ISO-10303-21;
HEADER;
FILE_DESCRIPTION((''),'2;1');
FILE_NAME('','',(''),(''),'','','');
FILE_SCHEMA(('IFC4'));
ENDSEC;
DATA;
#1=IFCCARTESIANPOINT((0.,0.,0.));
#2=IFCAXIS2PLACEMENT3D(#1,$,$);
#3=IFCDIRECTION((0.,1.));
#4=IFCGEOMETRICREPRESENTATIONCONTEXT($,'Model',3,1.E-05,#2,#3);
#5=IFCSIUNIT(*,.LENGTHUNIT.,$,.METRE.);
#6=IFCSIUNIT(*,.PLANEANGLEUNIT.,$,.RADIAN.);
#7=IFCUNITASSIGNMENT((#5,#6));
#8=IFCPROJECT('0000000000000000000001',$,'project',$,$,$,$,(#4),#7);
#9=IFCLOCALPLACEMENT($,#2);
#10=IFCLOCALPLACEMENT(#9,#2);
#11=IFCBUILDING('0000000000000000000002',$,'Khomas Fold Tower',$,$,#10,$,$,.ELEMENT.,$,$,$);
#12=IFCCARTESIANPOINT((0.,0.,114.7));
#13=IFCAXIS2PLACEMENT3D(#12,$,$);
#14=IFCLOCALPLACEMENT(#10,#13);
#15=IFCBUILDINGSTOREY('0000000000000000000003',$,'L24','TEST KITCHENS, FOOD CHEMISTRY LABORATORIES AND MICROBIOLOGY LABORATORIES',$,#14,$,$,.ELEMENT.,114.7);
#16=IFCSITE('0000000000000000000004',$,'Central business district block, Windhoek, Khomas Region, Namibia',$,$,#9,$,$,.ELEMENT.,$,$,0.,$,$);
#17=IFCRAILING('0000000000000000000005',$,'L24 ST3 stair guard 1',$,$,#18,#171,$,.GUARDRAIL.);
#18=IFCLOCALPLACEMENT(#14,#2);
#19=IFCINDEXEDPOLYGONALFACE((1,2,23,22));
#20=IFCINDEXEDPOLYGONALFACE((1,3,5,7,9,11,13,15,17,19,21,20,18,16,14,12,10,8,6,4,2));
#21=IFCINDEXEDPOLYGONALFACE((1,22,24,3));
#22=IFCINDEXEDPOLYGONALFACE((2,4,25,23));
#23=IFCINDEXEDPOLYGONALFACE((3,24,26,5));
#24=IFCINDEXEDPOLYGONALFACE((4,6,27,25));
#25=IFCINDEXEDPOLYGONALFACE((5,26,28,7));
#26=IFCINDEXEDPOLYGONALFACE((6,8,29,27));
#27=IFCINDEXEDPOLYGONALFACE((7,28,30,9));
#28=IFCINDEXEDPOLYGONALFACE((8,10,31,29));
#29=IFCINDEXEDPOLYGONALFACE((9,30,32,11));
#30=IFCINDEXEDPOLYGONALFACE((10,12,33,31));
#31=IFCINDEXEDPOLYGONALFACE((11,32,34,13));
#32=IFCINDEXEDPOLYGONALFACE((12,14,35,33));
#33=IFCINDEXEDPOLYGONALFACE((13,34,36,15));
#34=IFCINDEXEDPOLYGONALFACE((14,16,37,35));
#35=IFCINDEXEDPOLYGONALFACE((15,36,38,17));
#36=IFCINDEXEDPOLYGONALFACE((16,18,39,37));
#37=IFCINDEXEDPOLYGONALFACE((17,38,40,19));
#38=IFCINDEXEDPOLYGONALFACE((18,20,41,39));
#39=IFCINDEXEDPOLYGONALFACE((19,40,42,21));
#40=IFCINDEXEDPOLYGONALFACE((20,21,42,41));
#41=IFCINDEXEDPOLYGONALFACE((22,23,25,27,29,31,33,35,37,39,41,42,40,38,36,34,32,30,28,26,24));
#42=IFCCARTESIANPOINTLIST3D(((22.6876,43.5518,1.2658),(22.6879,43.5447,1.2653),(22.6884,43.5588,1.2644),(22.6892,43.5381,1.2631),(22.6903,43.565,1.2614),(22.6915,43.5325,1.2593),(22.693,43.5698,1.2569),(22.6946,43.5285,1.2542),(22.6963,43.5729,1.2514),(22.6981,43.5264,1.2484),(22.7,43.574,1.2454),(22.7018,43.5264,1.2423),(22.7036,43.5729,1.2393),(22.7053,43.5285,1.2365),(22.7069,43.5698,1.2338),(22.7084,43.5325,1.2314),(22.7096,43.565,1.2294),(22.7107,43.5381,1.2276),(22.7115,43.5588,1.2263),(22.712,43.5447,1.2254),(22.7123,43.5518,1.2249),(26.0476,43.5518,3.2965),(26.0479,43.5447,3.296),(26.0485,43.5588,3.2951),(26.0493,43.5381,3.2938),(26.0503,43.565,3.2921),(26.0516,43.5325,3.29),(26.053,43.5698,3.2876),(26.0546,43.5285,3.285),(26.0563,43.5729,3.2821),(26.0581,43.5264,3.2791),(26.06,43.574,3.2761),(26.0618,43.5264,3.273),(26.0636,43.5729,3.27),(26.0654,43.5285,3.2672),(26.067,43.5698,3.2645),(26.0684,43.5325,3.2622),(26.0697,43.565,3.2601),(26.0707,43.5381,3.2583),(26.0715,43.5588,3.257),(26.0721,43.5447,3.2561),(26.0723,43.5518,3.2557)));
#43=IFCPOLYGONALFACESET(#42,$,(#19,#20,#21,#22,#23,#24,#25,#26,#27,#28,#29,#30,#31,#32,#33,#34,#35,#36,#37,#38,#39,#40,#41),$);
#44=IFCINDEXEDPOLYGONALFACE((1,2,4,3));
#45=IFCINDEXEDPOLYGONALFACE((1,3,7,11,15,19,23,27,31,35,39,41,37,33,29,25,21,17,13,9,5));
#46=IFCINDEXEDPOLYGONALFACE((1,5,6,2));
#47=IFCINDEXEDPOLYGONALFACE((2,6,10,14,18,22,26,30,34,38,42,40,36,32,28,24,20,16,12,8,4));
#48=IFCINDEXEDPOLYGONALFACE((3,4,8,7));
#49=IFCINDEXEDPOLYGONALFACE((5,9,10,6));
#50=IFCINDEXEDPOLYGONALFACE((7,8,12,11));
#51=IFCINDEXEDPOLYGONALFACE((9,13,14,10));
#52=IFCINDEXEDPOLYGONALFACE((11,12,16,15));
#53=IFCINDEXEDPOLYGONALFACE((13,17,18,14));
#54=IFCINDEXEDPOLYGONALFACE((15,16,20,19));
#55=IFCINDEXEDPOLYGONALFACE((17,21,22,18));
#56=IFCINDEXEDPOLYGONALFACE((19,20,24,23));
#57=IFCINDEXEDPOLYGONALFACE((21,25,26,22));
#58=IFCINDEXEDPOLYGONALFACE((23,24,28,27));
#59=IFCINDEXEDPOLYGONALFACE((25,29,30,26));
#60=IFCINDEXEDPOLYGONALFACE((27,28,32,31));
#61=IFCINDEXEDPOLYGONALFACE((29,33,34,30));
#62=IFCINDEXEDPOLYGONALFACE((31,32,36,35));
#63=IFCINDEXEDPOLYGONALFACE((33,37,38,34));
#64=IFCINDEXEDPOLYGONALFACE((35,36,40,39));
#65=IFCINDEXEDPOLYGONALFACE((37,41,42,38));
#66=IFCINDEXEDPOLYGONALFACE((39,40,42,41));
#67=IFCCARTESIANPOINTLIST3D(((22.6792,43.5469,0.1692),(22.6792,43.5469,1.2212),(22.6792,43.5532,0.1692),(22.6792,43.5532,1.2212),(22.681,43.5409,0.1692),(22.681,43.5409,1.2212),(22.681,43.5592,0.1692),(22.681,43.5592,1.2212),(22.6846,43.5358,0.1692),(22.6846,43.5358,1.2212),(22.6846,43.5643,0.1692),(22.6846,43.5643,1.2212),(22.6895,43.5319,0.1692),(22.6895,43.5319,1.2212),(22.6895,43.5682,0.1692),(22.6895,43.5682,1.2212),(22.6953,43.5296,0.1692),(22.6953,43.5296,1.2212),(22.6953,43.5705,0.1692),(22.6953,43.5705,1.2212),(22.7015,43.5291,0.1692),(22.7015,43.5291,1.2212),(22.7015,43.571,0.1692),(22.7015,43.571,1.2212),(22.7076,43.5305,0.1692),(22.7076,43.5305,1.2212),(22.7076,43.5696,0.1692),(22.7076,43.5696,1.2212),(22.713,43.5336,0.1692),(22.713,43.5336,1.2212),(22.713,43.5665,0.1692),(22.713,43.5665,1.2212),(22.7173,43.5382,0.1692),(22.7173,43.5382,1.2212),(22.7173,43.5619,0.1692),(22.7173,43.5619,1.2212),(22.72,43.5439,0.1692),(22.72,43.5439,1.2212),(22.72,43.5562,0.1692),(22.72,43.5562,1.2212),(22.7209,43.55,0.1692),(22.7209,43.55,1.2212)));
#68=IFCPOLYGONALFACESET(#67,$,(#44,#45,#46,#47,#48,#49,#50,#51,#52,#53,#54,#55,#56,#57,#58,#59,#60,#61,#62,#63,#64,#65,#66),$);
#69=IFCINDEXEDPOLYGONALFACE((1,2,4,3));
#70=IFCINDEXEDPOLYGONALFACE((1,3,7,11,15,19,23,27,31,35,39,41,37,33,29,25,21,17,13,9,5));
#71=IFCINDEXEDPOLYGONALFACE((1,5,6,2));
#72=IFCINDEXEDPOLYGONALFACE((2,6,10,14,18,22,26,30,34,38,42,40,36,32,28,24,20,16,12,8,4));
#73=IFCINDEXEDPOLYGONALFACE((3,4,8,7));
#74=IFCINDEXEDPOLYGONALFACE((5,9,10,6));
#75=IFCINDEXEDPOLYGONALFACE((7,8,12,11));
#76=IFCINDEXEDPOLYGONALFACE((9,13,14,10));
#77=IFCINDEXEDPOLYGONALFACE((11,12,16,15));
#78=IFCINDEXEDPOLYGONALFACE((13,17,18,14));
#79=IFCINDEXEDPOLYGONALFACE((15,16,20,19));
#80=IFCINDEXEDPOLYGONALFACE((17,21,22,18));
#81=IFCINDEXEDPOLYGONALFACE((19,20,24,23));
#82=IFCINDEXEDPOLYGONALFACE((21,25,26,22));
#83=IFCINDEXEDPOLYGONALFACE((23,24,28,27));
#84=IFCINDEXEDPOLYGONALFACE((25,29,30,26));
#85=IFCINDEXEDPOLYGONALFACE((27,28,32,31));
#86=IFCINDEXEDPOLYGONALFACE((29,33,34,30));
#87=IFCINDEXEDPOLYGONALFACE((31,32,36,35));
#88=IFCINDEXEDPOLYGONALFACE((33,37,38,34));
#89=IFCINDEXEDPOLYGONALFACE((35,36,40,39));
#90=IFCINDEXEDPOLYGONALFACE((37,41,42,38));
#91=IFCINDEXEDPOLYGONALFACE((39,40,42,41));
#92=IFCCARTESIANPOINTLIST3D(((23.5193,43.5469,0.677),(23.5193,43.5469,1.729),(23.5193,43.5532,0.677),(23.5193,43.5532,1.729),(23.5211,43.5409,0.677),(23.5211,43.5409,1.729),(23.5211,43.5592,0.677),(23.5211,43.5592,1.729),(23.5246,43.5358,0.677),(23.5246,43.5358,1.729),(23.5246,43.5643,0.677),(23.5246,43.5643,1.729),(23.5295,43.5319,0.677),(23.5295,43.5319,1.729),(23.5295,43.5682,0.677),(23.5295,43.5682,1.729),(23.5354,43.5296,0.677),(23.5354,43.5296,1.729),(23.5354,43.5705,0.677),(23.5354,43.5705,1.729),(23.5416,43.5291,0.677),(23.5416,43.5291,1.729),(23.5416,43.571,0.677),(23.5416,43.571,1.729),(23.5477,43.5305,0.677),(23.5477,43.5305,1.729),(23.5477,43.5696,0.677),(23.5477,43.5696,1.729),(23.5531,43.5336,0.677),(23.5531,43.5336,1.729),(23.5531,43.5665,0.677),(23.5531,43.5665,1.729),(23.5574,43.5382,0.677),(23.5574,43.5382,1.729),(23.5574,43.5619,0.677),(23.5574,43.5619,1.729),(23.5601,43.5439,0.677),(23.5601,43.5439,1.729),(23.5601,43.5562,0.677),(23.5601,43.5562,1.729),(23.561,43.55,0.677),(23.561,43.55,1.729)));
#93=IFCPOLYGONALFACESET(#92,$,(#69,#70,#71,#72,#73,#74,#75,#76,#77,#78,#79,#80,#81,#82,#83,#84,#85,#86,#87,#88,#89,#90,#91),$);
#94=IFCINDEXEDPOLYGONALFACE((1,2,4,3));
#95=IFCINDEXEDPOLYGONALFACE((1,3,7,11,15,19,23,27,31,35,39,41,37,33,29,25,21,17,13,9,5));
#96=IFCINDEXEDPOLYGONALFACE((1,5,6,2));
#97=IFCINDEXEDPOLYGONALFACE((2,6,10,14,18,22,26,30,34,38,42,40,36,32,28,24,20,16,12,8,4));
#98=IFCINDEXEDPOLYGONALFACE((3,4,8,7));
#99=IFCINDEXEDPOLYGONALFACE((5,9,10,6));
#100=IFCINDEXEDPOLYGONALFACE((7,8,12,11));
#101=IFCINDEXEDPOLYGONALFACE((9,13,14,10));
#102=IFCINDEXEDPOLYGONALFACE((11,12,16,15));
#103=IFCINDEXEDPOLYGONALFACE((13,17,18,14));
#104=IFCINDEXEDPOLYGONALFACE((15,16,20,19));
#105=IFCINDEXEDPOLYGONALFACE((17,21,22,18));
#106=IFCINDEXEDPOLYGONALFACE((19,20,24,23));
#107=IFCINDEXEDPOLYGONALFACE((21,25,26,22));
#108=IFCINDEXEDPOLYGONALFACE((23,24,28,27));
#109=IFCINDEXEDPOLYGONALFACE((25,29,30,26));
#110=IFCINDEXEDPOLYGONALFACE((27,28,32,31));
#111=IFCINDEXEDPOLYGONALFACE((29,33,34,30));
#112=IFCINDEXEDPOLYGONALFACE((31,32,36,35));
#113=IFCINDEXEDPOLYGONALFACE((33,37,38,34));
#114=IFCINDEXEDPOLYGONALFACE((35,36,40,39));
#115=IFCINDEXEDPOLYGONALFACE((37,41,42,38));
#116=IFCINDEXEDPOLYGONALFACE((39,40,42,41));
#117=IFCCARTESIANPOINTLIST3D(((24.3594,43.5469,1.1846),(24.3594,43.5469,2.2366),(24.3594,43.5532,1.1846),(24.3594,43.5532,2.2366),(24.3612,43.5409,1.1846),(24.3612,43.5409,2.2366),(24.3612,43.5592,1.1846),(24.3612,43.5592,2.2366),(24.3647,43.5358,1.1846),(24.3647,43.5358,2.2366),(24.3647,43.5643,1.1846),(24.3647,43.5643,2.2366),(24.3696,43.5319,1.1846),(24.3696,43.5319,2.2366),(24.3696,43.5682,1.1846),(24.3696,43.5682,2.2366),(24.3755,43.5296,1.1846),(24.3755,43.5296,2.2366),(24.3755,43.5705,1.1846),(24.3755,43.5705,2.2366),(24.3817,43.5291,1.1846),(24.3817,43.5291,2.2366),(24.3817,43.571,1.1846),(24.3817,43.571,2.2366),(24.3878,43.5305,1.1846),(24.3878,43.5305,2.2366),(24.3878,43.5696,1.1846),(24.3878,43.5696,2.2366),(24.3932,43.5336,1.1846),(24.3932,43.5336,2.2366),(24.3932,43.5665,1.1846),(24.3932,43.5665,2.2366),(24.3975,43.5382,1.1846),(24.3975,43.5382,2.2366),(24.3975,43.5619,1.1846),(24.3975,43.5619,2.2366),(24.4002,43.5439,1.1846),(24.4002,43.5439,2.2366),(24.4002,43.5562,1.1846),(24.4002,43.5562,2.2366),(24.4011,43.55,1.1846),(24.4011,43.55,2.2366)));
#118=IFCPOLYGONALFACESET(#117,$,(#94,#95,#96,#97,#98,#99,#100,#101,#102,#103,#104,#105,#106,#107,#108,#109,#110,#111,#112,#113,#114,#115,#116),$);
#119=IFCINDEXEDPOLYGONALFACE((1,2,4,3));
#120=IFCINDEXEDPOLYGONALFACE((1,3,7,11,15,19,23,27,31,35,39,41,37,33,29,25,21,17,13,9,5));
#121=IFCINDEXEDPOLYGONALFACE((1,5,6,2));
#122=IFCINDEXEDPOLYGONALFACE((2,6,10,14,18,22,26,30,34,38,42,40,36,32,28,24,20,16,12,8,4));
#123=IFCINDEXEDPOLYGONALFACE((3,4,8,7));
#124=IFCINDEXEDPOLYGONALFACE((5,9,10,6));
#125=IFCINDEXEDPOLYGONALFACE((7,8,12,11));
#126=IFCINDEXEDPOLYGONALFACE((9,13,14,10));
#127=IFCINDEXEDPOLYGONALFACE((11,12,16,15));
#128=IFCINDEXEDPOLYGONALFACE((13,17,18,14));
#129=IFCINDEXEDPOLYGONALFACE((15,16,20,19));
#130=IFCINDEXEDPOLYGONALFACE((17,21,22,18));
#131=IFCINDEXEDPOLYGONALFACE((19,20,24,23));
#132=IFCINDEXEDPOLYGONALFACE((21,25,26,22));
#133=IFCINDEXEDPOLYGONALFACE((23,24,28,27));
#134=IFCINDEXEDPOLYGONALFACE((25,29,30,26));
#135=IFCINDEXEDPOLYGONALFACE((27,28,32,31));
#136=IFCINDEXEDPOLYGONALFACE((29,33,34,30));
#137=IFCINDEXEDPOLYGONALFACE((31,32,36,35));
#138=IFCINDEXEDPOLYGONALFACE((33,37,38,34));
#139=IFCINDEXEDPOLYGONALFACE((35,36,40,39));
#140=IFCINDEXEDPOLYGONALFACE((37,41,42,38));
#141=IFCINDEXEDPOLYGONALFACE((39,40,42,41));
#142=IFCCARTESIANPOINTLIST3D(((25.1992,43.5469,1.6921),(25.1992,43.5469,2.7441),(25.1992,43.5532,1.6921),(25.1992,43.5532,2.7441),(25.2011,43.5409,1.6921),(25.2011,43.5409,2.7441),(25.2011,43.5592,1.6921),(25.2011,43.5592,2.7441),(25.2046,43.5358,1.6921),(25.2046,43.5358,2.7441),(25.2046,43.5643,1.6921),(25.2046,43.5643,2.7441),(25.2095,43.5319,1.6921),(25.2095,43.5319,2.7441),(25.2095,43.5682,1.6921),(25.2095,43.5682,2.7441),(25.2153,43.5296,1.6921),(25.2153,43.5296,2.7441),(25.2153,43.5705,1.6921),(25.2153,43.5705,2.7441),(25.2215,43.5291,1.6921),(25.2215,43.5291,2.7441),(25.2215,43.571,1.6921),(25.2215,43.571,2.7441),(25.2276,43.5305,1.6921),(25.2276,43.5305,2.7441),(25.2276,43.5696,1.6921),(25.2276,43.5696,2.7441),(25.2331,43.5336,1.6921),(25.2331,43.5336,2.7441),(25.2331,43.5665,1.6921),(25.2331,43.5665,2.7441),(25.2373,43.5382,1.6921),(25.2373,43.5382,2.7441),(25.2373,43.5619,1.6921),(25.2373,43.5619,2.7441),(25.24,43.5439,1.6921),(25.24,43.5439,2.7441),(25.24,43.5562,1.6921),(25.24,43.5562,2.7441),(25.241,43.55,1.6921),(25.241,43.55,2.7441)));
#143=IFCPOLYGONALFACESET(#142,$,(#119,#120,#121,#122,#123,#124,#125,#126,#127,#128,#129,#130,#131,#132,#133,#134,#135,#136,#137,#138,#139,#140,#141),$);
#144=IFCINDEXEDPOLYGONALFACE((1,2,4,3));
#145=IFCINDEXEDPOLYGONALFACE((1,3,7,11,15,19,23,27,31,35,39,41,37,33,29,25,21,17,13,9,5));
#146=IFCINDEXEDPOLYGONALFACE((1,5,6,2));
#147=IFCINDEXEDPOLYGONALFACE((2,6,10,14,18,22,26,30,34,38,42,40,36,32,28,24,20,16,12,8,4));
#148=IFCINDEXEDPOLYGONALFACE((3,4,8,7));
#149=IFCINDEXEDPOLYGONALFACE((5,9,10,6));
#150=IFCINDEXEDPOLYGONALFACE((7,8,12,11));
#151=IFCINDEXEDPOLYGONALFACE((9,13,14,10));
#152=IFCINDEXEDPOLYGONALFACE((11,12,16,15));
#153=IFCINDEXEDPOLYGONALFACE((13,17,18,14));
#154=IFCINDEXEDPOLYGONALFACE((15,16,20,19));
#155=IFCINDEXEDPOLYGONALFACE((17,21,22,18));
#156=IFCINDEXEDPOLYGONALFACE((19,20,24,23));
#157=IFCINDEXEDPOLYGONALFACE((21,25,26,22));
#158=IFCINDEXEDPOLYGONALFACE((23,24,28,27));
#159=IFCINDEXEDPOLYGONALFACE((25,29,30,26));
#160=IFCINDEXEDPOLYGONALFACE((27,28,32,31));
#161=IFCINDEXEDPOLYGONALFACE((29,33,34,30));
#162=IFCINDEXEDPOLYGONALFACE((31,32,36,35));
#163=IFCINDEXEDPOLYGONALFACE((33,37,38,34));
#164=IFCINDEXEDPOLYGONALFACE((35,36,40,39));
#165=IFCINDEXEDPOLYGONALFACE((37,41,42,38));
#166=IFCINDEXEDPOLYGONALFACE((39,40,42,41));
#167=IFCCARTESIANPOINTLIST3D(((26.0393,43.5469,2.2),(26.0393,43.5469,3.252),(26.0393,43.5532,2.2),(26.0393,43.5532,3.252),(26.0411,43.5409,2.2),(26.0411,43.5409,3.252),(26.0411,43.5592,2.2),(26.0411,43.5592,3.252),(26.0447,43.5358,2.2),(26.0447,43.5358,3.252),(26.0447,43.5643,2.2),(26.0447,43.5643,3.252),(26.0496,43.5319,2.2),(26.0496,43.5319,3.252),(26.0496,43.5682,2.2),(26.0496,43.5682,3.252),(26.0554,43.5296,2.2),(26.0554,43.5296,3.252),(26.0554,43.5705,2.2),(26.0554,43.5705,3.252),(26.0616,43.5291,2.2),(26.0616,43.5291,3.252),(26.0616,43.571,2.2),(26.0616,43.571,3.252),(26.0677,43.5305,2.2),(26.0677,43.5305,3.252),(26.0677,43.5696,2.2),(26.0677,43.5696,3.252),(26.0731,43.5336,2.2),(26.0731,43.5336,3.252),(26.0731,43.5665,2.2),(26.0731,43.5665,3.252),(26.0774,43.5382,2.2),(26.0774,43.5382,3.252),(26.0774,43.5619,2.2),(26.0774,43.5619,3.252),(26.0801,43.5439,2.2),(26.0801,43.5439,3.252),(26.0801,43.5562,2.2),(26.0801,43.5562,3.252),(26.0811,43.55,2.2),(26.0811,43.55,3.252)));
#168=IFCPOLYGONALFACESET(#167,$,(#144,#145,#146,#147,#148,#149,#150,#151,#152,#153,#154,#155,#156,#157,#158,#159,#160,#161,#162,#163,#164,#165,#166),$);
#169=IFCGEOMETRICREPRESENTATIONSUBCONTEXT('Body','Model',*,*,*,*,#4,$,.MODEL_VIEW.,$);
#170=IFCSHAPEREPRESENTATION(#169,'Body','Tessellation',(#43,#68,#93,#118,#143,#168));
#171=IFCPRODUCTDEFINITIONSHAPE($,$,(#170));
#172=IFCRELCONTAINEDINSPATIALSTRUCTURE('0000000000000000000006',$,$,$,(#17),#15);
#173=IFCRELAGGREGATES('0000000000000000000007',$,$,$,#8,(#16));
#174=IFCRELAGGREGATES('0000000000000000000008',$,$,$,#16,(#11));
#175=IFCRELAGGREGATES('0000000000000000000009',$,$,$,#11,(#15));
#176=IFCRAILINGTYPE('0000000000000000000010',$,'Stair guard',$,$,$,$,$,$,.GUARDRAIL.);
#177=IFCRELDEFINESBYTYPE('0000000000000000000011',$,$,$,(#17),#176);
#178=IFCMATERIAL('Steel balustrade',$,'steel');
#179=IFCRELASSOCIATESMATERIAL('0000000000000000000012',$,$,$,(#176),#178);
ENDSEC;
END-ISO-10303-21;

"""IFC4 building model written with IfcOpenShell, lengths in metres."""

from ifc_helpers import new_model, si_unit, direction, frame, origin, origin_2d, place, context, subcontext, project, spatial, circle, extrude, source, transform, mapped, material, type_object, element, save


model = new_model("IFC4")

# Units and contexts
model_context = context("Model", 3, precision=1e-05, world=origin(), true_north=direction((0.0, 1.0)))
body_context = subcontext(model_context, "Body", "Model", "MODEL_VIEW")
ifc_project = project(units=[si_unit("LENGTHUNIT", "METRE"), si_unit("PLANEANGLEUNIT", "RADIAN")], contexts=[model_context])

# Site, building, storey
site_placement = place(None, origin())
site = spatial("IfcSite", under=ifc_project, at=site_placement, Name="Central business district block, Windhoek, Khomas Region, Namibia", CompositionType="ELEMENT", RefElevation=0.0)
building_placement = place(site_placement, origin())
building = spatial("IfcBuilding", under=site, at=building_placement, Name="Khomas Fold Tower", CompositionType="ELEMENT")
storey_placement = place(building_placement, frame((0.0, 0.0, 114.7)))
storey = spatial("IfcBuildingStorey", under=building, at=storey_placement, Name="L24", Description="TEST KITCHENS, FOOD CHEMISTRY LABORATORIES AND MICROBIOLOGY LABORATORIES", CompositionType="ELEMENT", Elevation=114.7)

# Railing
ifc_material_1 = material(Name="Steel balustrade", Category="steel")
railing_type_1 = type_object("IfcRailingType", Name="Stair guard", PredefinedType="GUARDRAIL", material=ifc_material_1)
shared_shape_1 = source(origin(), body_context, "Body", "SweptSolid", [
    extrude(circle(Radius=0.0239, at=origin_2d()), frame((0.0, 0.0, 1.0762), z_axis=(0.855837, 0.0, 0.517246), x_axis=(0.0, 1.0, 0.0)), (0.0, 0.0, 1.0), 3.926),
    extrude(circle(Radius=0.021, at=origin_2d()), origin(), (0.0, 0.0, 1.0), 1.052),
    extrude(circle(Radius=0.021, at=origin_2d()), frame((0.8401, 0.0, 0.5078)), (0.0, 0.0, 1.0), 1.052),
    extrude(circle(Radius=0.021, at=origin_2d()), frame((1.6802, 0.0, 1.0154)), (0.0, 0.0, 1.0), 1.052),
    extrude(circle(Radius=0.021, at=origin_2d()), frame((2.52, 0.0, 1.5229)), (0.0, 0.0, 1.0), 1.052),
    extrude(circle(Radius=0.021, at=origin_2d()), frame((3.3601, 0.0, 2.0308)), (0.0, 0.0, 1.0), 1.052),
])
railing_1_placement = place(storey_placement, frame((22.7, 43.55, 0.1692)))
element("IfcRailing", 1, at=railing_1_placement, inside=storey, type_object=railing_type_1, Name="L24 ST3 stair guard 1", PredefinedType="GUARDRAIL", context=body_context, shape_type="MappedRepresentation", body=[
    mapped(shared_shape_1, transform((0.0, 0.0, 0.0))),
])

save(model, "model.ifc")
